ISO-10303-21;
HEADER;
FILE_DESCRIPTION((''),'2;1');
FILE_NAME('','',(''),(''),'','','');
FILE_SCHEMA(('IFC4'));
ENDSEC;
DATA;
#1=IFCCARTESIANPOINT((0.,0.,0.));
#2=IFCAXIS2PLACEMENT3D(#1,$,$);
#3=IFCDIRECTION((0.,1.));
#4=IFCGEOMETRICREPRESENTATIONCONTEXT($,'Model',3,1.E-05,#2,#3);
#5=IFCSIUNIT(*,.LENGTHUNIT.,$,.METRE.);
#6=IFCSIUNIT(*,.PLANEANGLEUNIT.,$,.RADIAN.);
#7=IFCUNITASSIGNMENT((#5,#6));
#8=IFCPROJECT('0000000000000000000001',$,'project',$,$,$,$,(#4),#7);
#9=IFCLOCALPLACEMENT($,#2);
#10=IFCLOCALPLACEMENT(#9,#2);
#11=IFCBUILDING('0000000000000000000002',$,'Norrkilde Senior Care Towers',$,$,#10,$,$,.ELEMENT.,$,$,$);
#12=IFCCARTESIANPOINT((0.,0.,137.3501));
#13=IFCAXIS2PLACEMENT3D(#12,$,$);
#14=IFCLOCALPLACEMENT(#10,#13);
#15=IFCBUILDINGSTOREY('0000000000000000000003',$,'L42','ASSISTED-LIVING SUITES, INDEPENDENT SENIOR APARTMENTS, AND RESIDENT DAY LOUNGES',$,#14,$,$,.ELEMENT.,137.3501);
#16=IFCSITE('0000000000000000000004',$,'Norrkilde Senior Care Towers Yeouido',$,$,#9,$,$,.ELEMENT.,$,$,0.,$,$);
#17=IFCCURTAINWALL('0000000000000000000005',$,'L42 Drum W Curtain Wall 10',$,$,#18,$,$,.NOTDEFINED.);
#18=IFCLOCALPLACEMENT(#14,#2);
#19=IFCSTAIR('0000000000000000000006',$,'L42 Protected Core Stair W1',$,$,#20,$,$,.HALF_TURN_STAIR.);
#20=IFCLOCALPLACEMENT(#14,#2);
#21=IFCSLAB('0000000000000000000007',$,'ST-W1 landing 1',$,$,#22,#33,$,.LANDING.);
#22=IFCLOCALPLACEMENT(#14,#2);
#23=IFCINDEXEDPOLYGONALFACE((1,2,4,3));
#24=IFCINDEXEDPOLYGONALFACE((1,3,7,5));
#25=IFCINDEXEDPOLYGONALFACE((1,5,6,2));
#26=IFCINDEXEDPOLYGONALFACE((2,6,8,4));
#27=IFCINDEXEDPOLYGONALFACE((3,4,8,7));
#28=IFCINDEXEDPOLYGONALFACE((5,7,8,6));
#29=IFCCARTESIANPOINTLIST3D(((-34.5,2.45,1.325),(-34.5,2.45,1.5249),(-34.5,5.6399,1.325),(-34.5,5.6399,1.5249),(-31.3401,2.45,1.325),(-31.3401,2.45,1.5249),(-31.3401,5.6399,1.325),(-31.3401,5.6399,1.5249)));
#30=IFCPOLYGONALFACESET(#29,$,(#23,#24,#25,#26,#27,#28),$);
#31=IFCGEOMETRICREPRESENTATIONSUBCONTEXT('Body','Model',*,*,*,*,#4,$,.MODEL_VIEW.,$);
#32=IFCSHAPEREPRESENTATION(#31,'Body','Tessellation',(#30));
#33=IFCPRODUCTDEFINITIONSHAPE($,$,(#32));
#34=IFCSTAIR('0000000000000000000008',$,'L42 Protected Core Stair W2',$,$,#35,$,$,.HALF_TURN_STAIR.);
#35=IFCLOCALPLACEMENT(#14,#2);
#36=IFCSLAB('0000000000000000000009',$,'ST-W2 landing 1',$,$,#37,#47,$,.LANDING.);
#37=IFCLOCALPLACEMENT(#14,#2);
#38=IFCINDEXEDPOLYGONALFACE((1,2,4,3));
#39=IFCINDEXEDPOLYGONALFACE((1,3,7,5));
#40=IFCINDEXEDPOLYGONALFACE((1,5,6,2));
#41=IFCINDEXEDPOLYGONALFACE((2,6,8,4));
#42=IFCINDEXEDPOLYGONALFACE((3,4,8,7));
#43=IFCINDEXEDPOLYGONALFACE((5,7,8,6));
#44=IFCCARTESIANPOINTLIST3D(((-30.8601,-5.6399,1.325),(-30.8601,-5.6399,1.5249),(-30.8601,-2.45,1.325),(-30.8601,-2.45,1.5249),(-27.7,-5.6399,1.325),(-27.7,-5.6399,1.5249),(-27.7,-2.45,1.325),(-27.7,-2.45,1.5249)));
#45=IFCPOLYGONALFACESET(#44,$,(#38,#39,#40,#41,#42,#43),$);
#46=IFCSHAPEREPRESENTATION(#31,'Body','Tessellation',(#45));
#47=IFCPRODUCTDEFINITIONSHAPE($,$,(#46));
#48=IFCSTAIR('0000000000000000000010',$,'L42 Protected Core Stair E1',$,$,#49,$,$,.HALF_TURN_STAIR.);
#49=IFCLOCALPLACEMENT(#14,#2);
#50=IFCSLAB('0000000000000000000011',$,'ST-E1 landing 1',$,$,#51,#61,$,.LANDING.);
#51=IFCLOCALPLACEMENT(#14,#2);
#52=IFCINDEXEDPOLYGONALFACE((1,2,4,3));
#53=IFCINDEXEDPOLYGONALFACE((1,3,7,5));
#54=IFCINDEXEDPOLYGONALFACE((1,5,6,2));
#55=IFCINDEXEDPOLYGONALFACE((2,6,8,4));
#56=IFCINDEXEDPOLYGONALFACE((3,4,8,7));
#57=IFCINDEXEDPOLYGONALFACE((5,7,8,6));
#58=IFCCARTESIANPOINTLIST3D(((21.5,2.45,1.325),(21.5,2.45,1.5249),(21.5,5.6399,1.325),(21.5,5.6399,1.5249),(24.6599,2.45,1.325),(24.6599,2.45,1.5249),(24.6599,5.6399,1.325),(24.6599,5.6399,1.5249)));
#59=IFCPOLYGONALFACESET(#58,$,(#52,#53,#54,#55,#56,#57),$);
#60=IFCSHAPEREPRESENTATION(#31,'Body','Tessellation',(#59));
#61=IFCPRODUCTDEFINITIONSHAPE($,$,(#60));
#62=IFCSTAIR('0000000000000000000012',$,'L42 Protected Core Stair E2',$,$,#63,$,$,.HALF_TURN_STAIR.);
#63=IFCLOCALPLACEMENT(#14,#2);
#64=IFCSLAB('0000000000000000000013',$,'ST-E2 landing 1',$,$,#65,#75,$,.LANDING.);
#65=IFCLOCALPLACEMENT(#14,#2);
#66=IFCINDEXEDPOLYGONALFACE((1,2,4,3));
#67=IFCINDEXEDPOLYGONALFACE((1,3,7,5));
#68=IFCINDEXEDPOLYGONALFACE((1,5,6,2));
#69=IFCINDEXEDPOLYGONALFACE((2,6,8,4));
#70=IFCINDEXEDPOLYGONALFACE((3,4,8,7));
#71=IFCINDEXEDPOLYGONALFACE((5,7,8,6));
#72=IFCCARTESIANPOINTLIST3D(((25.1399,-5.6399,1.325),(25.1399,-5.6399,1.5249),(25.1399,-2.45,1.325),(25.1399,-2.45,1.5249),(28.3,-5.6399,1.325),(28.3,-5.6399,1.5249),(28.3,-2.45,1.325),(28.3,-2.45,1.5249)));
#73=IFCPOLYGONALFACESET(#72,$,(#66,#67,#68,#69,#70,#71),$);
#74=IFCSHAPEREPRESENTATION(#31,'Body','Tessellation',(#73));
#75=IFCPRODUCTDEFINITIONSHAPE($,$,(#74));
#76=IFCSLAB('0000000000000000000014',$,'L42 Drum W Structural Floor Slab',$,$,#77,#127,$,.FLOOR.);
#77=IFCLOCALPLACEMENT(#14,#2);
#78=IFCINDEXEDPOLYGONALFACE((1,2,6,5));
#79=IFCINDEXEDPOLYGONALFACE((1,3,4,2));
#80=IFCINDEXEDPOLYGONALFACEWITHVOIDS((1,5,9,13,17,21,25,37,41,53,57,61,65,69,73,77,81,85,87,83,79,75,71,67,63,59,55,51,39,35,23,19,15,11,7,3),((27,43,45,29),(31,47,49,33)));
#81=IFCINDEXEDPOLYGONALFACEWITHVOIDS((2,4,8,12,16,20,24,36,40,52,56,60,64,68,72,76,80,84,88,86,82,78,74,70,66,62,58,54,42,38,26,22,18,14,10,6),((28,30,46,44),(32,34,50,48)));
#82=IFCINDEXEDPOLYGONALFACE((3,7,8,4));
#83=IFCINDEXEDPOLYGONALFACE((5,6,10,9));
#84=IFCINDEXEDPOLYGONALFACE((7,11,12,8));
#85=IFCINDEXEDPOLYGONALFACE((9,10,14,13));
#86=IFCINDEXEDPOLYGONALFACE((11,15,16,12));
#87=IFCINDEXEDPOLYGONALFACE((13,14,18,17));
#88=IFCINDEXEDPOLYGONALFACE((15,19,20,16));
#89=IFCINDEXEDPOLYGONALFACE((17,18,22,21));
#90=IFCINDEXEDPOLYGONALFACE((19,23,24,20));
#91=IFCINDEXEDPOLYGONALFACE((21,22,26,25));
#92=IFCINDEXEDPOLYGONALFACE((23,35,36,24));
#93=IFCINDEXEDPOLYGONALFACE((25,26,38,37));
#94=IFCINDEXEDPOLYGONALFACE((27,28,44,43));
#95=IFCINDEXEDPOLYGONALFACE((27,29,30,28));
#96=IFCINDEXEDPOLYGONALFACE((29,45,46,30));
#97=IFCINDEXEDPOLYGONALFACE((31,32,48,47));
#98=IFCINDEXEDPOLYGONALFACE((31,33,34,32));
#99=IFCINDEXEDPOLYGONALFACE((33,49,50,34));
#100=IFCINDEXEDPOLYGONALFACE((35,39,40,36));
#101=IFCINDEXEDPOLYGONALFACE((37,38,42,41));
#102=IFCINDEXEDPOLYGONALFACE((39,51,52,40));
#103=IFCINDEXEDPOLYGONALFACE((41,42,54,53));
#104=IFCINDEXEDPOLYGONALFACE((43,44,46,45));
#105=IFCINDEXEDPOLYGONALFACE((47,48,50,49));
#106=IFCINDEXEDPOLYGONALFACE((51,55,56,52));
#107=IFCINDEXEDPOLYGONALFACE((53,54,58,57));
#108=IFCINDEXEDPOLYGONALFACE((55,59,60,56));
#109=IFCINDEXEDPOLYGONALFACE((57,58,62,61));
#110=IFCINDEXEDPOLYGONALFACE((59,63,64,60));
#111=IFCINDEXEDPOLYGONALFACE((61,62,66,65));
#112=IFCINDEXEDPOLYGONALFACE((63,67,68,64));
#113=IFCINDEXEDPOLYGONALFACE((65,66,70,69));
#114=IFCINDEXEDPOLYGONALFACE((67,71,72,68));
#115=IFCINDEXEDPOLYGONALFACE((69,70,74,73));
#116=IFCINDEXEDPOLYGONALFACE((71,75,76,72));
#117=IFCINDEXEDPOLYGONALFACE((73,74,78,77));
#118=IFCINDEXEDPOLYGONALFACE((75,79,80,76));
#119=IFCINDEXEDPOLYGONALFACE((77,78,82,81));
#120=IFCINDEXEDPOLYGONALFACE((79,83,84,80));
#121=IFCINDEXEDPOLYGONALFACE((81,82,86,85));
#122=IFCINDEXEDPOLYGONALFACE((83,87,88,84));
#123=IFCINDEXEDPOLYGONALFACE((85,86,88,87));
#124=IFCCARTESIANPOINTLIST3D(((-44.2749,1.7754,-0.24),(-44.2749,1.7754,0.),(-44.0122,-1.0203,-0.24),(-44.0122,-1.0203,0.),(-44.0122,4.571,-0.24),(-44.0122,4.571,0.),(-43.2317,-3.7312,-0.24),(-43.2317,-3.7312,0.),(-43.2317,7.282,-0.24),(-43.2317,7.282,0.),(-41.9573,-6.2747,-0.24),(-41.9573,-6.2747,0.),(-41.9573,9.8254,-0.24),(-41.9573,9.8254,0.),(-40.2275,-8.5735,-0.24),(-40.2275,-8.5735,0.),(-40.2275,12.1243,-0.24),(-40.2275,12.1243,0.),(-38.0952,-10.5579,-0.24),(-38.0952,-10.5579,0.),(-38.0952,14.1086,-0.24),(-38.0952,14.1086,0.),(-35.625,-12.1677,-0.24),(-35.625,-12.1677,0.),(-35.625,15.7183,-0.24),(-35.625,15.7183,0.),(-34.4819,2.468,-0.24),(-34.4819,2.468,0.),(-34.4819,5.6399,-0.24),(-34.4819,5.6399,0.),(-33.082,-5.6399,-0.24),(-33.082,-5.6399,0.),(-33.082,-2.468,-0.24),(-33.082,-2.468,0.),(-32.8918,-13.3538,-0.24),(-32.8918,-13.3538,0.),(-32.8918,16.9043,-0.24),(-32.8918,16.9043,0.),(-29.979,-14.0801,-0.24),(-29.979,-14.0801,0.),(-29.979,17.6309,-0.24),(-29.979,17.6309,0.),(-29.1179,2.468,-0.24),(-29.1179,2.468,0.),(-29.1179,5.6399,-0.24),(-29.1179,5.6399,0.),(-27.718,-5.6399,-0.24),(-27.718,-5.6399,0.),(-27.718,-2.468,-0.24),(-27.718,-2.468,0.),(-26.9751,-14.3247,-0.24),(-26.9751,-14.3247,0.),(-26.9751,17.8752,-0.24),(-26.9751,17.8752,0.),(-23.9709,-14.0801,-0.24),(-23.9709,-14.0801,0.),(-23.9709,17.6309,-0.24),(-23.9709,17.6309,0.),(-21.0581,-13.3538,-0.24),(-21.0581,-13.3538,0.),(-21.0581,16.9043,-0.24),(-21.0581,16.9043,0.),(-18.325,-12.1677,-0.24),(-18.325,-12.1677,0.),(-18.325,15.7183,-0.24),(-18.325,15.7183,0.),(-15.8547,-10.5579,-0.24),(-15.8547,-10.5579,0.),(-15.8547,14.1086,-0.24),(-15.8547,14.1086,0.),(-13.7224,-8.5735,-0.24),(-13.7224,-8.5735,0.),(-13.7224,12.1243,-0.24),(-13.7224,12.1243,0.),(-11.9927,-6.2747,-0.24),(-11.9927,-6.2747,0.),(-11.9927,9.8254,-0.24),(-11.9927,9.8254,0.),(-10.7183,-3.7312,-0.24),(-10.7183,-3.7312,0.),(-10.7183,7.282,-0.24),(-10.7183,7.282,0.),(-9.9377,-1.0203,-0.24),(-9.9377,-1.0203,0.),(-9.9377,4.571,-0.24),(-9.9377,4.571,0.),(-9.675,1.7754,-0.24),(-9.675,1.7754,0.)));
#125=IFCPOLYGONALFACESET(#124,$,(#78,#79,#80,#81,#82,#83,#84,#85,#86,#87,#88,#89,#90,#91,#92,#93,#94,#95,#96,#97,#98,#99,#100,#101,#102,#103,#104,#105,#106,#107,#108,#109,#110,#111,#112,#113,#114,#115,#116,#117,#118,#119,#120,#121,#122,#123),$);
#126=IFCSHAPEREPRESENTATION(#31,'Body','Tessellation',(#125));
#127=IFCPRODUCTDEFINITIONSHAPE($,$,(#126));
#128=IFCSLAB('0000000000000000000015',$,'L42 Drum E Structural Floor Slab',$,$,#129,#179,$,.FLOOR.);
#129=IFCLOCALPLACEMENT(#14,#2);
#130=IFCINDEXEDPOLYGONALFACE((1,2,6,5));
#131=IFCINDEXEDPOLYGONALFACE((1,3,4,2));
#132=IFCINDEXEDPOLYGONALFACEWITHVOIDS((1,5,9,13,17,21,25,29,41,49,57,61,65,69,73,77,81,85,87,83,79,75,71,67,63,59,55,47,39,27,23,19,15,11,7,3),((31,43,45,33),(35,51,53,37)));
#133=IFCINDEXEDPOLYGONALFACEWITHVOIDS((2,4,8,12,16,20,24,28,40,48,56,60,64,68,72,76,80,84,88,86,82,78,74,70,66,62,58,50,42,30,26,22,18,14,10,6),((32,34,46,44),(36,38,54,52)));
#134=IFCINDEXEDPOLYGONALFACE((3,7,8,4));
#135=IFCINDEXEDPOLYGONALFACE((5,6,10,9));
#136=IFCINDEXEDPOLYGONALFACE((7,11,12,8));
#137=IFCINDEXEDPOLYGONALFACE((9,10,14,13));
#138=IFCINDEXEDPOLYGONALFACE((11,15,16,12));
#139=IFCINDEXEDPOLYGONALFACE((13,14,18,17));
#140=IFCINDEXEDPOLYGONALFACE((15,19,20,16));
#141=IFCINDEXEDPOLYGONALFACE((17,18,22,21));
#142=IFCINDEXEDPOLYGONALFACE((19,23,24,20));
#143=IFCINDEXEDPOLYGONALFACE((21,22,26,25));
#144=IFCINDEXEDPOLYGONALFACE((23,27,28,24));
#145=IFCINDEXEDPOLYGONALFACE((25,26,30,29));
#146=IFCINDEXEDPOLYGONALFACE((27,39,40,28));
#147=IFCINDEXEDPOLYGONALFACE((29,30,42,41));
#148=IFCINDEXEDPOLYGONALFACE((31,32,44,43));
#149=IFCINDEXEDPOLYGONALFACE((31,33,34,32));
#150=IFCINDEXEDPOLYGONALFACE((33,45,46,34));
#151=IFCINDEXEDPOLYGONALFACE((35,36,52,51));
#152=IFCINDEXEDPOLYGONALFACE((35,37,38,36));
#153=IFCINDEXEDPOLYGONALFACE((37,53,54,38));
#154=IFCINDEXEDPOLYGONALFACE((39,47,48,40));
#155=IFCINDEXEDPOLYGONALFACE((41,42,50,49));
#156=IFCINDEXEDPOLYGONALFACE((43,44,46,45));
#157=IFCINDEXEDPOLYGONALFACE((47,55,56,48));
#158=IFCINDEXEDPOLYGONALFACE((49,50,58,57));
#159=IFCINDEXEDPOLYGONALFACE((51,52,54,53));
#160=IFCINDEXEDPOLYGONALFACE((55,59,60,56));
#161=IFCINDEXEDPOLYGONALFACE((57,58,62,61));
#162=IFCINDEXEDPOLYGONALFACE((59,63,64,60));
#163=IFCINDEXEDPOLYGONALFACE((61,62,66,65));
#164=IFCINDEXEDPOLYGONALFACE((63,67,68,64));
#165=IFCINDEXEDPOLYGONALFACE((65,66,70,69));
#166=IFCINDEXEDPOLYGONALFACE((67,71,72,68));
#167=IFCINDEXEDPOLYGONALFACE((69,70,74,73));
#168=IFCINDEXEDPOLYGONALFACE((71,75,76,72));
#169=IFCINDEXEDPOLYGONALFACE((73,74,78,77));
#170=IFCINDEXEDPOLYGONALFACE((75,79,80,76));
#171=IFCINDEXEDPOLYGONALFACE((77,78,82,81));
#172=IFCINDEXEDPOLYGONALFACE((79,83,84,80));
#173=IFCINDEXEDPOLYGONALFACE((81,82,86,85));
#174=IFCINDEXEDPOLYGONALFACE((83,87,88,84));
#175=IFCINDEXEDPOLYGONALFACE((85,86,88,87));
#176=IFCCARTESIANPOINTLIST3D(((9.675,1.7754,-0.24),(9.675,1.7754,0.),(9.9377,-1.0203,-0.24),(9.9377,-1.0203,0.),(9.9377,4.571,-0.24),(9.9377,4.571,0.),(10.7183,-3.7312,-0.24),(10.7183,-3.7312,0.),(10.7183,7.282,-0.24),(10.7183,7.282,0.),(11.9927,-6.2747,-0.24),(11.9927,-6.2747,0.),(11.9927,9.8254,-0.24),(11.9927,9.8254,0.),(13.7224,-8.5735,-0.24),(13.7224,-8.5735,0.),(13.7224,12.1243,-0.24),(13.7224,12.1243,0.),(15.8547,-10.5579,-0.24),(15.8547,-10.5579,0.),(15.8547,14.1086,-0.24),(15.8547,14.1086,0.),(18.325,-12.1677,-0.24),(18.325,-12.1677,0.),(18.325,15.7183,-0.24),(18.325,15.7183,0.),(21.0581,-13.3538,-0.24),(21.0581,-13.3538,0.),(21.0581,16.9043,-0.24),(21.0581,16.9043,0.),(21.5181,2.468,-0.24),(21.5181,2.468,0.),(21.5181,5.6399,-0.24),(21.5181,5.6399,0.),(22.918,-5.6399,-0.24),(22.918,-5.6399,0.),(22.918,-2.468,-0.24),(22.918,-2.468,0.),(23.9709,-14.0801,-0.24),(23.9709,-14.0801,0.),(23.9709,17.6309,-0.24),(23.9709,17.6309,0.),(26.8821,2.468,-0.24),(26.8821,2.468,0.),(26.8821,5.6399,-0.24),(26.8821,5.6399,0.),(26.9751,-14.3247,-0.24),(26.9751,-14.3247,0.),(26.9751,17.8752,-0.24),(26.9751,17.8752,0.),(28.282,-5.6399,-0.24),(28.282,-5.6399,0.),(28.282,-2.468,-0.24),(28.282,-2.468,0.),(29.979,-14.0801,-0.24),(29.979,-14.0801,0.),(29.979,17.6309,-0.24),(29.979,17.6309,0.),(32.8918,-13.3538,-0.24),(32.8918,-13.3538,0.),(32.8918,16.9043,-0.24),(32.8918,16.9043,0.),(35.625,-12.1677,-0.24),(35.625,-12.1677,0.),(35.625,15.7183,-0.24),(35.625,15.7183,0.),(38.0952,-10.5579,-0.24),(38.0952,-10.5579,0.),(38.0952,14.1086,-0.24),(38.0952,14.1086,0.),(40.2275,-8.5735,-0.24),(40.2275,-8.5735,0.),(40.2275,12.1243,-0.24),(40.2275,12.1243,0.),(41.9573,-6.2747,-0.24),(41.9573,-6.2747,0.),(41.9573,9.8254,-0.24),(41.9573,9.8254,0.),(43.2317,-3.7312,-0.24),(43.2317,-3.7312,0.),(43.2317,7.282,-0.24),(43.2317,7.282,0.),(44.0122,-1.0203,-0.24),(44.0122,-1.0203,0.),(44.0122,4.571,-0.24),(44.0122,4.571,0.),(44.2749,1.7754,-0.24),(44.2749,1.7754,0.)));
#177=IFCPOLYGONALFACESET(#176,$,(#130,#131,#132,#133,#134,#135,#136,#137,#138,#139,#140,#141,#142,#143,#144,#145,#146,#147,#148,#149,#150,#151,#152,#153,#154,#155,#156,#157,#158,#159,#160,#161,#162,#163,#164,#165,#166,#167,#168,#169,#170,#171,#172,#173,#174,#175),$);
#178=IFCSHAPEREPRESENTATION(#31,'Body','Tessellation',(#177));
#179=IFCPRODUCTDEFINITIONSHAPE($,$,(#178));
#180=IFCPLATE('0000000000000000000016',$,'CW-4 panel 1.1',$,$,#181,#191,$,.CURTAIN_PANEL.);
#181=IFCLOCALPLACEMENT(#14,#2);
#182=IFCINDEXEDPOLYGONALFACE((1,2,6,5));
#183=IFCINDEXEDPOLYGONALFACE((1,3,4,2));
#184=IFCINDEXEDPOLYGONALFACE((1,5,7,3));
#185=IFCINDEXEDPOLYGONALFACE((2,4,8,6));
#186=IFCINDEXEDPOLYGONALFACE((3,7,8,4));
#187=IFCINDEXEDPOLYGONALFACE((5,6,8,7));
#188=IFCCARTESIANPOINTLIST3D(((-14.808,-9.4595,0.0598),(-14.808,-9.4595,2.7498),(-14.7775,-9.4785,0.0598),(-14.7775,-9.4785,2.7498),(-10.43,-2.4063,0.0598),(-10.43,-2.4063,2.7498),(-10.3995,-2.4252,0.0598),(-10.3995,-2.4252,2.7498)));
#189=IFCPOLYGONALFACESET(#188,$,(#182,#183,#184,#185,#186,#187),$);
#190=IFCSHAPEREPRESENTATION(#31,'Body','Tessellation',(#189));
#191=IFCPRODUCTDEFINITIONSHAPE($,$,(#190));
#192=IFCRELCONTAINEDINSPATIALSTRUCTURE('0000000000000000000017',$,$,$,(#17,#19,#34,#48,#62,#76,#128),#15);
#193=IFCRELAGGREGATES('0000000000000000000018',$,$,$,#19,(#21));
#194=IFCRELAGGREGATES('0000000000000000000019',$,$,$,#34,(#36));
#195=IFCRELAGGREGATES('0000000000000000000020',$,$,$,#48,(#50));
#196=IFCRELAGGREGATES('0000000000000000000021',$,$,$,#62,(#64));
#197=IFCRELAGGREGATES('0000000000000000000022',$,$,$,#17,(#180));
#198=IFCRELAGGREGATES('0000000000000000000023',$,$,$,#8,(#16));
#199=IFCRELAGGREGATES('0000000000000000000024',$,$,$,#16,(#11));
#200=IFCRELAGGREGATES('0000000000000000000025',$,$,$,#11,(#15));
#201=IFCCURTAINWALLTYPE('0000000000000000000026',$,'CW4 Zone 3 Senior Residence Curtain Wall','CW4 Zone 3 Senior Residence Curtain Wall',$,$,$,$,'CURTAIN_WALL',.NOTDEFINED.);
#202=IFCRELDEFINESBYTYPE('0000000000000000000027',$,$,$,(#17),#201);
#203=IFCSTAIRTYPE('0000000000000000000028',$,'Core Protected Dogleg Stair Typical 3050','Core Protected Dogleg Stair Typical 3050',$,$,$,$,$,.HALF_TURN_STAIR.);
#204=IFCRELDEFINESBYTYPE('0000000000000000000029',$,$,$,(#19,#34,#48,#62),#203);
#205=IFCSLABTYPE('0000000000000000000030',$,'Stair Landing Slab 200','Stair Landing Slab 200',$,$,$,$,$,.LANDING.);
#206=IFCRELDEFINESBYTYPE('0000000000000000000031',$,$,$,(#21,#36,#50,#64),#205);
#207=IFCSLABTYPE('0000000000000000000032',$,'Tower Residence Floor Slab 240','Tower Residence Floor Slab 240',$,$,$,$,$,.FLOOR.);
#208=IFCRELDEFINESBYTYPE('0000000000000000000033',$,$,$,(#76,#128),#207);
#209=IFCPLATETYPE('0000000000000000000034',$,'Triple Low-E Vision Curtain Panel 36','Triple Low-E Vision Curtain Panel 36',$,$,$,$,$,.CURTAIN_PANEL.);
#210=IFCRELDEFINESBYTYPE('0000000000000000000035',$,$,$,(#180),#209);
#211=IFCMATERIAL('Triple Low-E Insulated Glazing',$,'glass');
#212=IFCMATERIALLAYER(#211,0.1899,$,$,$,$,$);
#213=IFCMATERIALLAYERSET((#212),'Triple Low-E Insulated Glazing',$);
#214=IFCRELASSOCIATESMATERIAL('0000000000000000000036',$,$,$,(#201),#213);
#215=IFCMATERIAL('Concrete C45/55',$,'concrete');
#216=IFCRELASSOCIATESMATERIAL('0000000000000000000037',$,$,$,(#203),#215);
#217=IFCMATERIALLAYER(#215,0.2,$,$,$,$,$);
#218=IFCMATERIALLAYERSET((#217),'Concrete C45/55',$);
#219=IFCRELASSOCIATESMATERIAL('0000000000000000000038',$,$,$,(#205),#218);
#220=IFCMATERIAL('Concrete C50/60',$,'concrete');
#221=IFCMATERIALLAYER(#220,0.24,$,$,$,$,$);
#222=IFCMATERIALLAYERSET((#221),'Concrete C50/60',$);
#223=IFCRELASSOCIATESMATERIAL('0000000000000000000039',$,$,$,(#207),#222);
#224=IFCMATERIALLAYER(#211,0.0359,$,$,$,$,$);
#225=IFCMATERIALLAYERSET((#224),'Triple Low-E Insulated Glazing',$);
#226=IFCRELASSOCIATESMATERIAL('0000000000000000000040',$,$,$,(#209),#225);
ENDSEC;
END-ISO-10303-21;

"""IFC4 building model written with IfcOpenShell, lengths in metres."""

from ifc_helpers import new_model, si_unit, direction, frame, origin, origin_2d, place, context, subcontext, project, spatial, polyline, rectangle, outline, extrude, source, transform, mapped, material, layer, layer_set, type_object, element, aggregate, save


model = new_model("IFC4")

# Units and contexts
model_context = context("Model", 3, precision=1e-05, world=origin(), true_north=direction((0.0, 1.0)))
body_context = subcontext(model_context, "Body", "Model", "MODEL_VIEW")
ifc_project = project(units=[si_unit("LENGTHUNIT", "METRE"), si_unit("PLANEANGLEUNIT", "RADIAN")], contexts=[model_context])

# Site, building, storey
site_placement = place(None, origin())
site = spatial("IfcSite", under=ifc_project, at=site_placement, Name="Norrkilde Senior Care Towers Yeouido", CompositionType="ELEMENT", RefElevation=0.0)
building_placement = place(site_placement, origin())
building = spatial("IfcBuilding", under=site, at=building_placement, Name="Norrkilde Senior Care Towers", CompositionType="ELEMENT")
storey_placement = place(building_placement, frame((0.0, 0.0, 137.3501)))
storey = spatial("IfcBuildingStorey", under=building, at=storey_placement, Name="L42", Description="ASSISTED-LIVING SUITES, INDEPENDENT SENIOR APARTMENTS, AND RESIDENT DAY LOUNGES", CompositionType="ELEMENT", Elevation=137.3501)

# Shared definitions
ifc_material_1 = material(Name="Concrete C50/60", Category="concrete")

# Curtain wall
ifc_material_2 = material(Name="Triple Low-E Insulated Glazing", Category="glass")
ifc_layer_1 = layer(ifc_material_2, 0.1899)
ifc_layer_set_1 = layer_set([ifc_layer_1], Name="Triple Low-E Insulated Glazing")
curtain_wall_type = type_object("IfcCurtainWallType", Name="CW4 Zone 3 Senior Residence Curtain Wall", Description="CW4 Zone 3 Senior Residence Curtain Wall", ElementType="CURTAIN_WALL", PredefinedType="NOTDEFINED", material=ifc_layer_set_1)
curtain_wall_1_placement = place(storey_placement, origin())
curtain_wall_1 = element("IfcCurtainWall", 1, at=curtain_wall_1_placement, inside=storey, type_object=curtain_wall_type, Name="L42 Drum W Curtain Wall 10", PredefinedType="NOTDEFINED")

# Stairs, slabs
ifc_material_3 = material(Name="Concrete C45/55", Category="concrete")
stair_type = type_object("IfcStairType", Name="Core Protected Dogleg Stair Typical 3050", Description="Core Protected Dogleg Stair Typical 3050", PredefinedType="HALF_TURN_STAIR", material=ifc_material_3)
stair_1_placement = place(storey_placement, origin())
stair_1 = element("IfcStair", 2, at=stair_1_placement, inside=storey, type_object=stair_type, Name="L42 Protected Core Stair W1", PredefinedType="HALF_TURN_STAIR")
ifc_layer_2 = layer(ifc_material_3, 0.2)
ifc_layer_set_2 = layer_set([ifc_layer_2], Name="Concrete C45/55")
slab_type_1 = type_object("IfcSlabType", Name="Stair Landing Slab 200", Description="Stair Landing Slab 200", PredefinedType="LANDING", material=ifc_layer_set_2)
slab_1_placement = place(storey_placement, frame((0.0, 0.0, 1.325)))
slab_1 = element("IfcSlab", 3, at=slab_1_placement, type_object=slab_type_1, Name="ST-W1 landing 1", PredefinedType="LANDING", context=body_context, shape_type="SweptSolid", body=[
    extrude(outline(polyline([(-31.3401, 5.6399), (-34.5, 5.6399), (-34.5, 2.45), (-31.3401, 2.45), (-31.3401, 5.6399)])), origin(), (0.0, 0.0, 1.0), 0.2),
])
aggregate(stair_1, [slab_1])
stair_2_placement = place(storey_placement, origin())
stair_2 = element("IfcStair", 4, at=stair_2_placement, inside=storey, type_object=stair_type, Name="L42 Protected Core Stair W2", PredefinedType="HALF_TURN_STAIR")
slab_2_placement = place(storey_placement, frame((0.0, 0.0, 1.325)))
slab_2 = element("IfcSlab", 5, at=slab_2_placement, type_object=slab_type_1, Name="ST-W2 landing 1", PredefinedType="LANDING", context=body_context, shape_type="SweptSolid", body=[
    extrude(outline(polyline([(-30.8601, -5.6399), (-27.7, -5.6399), (-27.7, -2.45), (-30.8601, -2.45), (-30.8601, -5.6399)])), origin(), (0.0, 0.0, 1.0), 0.2),
])
aggregate(stair_2, [slab_2])
stair_3_placement = place(storey_placement, origin())
stair_3 = element("IfcStair", 6, at=stair_3_placement, inside=storey, type_object=stair_type, Name="L42 Protected Core Stair E1", PredefinedType="HALF_TURN_STAIR")
slab_3_placement = place(storey_placement, frame((0.0, 0.0, 1.325)))
slab_3 = element("IfcSlab", 7, at=slab_3_placement, type_object=slab_type_1, Name="ST-E1 landing 1", PredefinedType="LANDING", context=body_context, shape_type="SweptSolid", body=[
    extrude(outline(polyline([(24.6599, 5.6399), (21.5, 5.6399), (21.5, 2.45), (24.6599, 2.45), (24.6599, 5.6399)])), origin(), (0.0, 0.0, 1.0), 0.2),
])
aggregate(stair_3, [slab_3])
stair_4_placement = place(storey_placement, origin())
stair_4 = element("IfcStair", 8, at=stair_4_placement, inside=storey, type_object=stair_type, Name="L42 Protected Core Stair E2", PredefinedType="HALF_TURN_STAIR")
slab_4_placement = place(storey_placement, frame((0.0, 0.0, 1.325)))
slab_4 = element("IfcSlab", 9, at=slab_4_placement, type_object=slab_type_1, Name="ST-E2 landing 1", PredefinedType="LANDING", context=body_context, shape_type="SweptSolid", body=[
    extrude(outline(polyline([(25.1399, -5.6399), (28.3, -5.6399), (28.3, -2.45), (25.1399, -2.45), (25.1399, -5.6399)])), origin(), (0.0, 0.0, 1.0), 0.2),
])
aggregate(stair_4, [slab_4])

# Slabs
ifc_layer_3 = layer(ifc_material_1, 0.24)
ifc_layer_set_3 = layer_set([ifc_layer_3], Name="Concrete C50/60")
slab_type_2 = type_object("IfcSlabType", Name="Tower Residence Floor Slab 240", Description="Tower Residence Floor Slab 240", PredefinedType="FLOOR", material=ifc_layer_set_3)
slab_5_placement = place(storey_placement, frame((0.0, 0.0, -0.24)))
element("IfcSlab", 10, at=slab_5_placement, inside=storey, type_object=slab_type_2, Name="L42 Drum W Structural Floor Slab", PredefinedType="FLOOR", context=body_context, shape_type="SweptSolid", body=[
    extrude(outline(polyline([(-10.7183, -3.7312), (-11.9927, -6.2747), (-13.7224, -8.5735), (-15.8547, -10.5579), (-18.325, -12.1677), (-21.0581, -13.3538), (-23.9709, -14.0801), (-26.9751, -14.3247), (-29.979, -14.0801), (-32.8918, -13.3538), (-35.625, -12.1677), (-38.0952, -10.5579), (-40.2275, -8.5735), (-41.9573, -6.2747), (-43.2317, -3.7312), (-44.0122, -1.0203), (-44.2749, 1.7754), (-44.0122, 4.571), (-43.2317, 7.282), (-41.9573, 9.8254), (-40.2275, 12.1243), (-38.0952, 14.1086), (-35.625, 15.7183), (-32.8918, 16.9043), (-29.979, 17.6309), (-26.9751, 17.8752), (-23.9709, 17.6309), (-21.0581, 16.9043), (-18.325, 15.7183), (-15.8547, 14.1086), (-13.7224, 12.1243), (-11.9927, 9.8254), (-10.7183, 7.282), (-9.9377, 4.571), (-9.675, 1.7754), (-9.9377, -1.0203), (-10.7183, -3.7312)]), holes=[polyline([(-34.4819, 2.468), (-29.1179, 2.468), (-29.1179, 5.6399), (-34.4819, 5.6399), (-34.4819, 2.468)]), polyline([(-27.718, -5.6399), (-27.718, -2.468), (-33.082, -2.468), (-33.082, -5.6399), (-27.718, -5.6399)])]), origin(), (0.0, 0.0, 1.0), 0.24),
])
slab_6_placement = place(storey_placement, frame((0.0, 0.0, -0.24)))
element("IfcSlab", 11, at=slab_6_placement, inside=storey, type_object=slab_type_2, Name="L42 Drum E Structural Floor Slab", PredefinedType="FLOOR", context=body_context, shape_type="SweptSolid", body=[
    extrude(outline(polyline([(43.2317, -3.7312), (41.9573, -6.2747), (40.2275, -8.5735), (38.0952, -10.5579), (35.625, -12.1677), (32.8918, -13.3538), (29.979, -14.0801), (26.9751, -14.3247), (23.9709, -14.0801), (21.0581, -13.3538), (18.325, -12.1677), (15.8547, -10.5579), (13.7224, -8.5735), (11.9927, -6.2747), (10.7183, -3.7312), (9.9377, -1.0203), (9.675, 1.7754), (9.9377, 4.571), (10.7183, 7.282), (11.9927, 9.8254), (13.7224, 12.1243), (15.8547, 14.1086), (18.325, 15.7183), (21.0581, 16.9043), (23.9709, 17.6309), (26.9751, 17.8752), (29.979, 17.6309), (32.8918, 16.9043), (35.625, 15.7183), (38.0952, 14.1086), (40.2275, 12.1243), (41.9573, 9.8254), (43.2317, 7.282), (44.0122, 4.571), (44.2749, 1.7754), (44.0122, -1.0203), (43.2317, -3.7312)]), holes=[polyline([(21.5181, 2.468), (26.8821, 2.468), (26.8821, 5.6399), (21.5181, 5.6399), (21.5181, 2.468)]), polyline([(28.282, -5.6399), (28.282, -2.468), (22.918, -2.468), (22.918, -5.6399), (28.282, -5.6399)])]), origin(), (0.0, 0.0, 1.0), 0.24),
])

# Plate
ifc_layer_4 = layer(ifc_material_2, 0.0359)
ifc_layer_set_4 = layer_set([ifc_layer_4], Name="Triple Low-E Insulated Glazing")
plate_type = type_object("IfcPlateType", Name="Triple Low-E Vision Curtain Panel 36", Description="Triple Low-E Vision Curtain Panel 36", PredefinedType="CURTAIN_PANEL", material=ifc_layer_set_4)
shared_shape_1 = source(origin(), body_context, "Body", "SweptSolid", [
    extrude(rectangle(XDim=8.3015, YDim=0.0359, at=origin_2d()), origin(), (0.0, 0.0, 1.0), 2.6899),
])
plate_1_placement = place(storey_placement, frame((-12.6038, -5.9424, 0.0598), z_axis=(0.0, 0.0, 1.0), x_axis=(-0.527373, -0.849634, 0.0)))
plate_1 = element("IfcPlate", 12, at=plate_1_placement, type_object=plate_type, Name="CW-4 panel 1.1", PredefinedType="CURTAIN_PANEL", context=body_context, shape_type="MappedRepresentation", body=[
    mapped(shared_shape_1, transform((0.0, 0.0, 0.0), x_axis=(1.0, 0.0, 0.0), y_axis=(0.0, 1.0, 0.0), z_axis=(0.0, 0.0, 1.0), scale=1.0)),
])
aggregate(curtain_wall_1, [plate_1])

save(model, "model.ifc")
